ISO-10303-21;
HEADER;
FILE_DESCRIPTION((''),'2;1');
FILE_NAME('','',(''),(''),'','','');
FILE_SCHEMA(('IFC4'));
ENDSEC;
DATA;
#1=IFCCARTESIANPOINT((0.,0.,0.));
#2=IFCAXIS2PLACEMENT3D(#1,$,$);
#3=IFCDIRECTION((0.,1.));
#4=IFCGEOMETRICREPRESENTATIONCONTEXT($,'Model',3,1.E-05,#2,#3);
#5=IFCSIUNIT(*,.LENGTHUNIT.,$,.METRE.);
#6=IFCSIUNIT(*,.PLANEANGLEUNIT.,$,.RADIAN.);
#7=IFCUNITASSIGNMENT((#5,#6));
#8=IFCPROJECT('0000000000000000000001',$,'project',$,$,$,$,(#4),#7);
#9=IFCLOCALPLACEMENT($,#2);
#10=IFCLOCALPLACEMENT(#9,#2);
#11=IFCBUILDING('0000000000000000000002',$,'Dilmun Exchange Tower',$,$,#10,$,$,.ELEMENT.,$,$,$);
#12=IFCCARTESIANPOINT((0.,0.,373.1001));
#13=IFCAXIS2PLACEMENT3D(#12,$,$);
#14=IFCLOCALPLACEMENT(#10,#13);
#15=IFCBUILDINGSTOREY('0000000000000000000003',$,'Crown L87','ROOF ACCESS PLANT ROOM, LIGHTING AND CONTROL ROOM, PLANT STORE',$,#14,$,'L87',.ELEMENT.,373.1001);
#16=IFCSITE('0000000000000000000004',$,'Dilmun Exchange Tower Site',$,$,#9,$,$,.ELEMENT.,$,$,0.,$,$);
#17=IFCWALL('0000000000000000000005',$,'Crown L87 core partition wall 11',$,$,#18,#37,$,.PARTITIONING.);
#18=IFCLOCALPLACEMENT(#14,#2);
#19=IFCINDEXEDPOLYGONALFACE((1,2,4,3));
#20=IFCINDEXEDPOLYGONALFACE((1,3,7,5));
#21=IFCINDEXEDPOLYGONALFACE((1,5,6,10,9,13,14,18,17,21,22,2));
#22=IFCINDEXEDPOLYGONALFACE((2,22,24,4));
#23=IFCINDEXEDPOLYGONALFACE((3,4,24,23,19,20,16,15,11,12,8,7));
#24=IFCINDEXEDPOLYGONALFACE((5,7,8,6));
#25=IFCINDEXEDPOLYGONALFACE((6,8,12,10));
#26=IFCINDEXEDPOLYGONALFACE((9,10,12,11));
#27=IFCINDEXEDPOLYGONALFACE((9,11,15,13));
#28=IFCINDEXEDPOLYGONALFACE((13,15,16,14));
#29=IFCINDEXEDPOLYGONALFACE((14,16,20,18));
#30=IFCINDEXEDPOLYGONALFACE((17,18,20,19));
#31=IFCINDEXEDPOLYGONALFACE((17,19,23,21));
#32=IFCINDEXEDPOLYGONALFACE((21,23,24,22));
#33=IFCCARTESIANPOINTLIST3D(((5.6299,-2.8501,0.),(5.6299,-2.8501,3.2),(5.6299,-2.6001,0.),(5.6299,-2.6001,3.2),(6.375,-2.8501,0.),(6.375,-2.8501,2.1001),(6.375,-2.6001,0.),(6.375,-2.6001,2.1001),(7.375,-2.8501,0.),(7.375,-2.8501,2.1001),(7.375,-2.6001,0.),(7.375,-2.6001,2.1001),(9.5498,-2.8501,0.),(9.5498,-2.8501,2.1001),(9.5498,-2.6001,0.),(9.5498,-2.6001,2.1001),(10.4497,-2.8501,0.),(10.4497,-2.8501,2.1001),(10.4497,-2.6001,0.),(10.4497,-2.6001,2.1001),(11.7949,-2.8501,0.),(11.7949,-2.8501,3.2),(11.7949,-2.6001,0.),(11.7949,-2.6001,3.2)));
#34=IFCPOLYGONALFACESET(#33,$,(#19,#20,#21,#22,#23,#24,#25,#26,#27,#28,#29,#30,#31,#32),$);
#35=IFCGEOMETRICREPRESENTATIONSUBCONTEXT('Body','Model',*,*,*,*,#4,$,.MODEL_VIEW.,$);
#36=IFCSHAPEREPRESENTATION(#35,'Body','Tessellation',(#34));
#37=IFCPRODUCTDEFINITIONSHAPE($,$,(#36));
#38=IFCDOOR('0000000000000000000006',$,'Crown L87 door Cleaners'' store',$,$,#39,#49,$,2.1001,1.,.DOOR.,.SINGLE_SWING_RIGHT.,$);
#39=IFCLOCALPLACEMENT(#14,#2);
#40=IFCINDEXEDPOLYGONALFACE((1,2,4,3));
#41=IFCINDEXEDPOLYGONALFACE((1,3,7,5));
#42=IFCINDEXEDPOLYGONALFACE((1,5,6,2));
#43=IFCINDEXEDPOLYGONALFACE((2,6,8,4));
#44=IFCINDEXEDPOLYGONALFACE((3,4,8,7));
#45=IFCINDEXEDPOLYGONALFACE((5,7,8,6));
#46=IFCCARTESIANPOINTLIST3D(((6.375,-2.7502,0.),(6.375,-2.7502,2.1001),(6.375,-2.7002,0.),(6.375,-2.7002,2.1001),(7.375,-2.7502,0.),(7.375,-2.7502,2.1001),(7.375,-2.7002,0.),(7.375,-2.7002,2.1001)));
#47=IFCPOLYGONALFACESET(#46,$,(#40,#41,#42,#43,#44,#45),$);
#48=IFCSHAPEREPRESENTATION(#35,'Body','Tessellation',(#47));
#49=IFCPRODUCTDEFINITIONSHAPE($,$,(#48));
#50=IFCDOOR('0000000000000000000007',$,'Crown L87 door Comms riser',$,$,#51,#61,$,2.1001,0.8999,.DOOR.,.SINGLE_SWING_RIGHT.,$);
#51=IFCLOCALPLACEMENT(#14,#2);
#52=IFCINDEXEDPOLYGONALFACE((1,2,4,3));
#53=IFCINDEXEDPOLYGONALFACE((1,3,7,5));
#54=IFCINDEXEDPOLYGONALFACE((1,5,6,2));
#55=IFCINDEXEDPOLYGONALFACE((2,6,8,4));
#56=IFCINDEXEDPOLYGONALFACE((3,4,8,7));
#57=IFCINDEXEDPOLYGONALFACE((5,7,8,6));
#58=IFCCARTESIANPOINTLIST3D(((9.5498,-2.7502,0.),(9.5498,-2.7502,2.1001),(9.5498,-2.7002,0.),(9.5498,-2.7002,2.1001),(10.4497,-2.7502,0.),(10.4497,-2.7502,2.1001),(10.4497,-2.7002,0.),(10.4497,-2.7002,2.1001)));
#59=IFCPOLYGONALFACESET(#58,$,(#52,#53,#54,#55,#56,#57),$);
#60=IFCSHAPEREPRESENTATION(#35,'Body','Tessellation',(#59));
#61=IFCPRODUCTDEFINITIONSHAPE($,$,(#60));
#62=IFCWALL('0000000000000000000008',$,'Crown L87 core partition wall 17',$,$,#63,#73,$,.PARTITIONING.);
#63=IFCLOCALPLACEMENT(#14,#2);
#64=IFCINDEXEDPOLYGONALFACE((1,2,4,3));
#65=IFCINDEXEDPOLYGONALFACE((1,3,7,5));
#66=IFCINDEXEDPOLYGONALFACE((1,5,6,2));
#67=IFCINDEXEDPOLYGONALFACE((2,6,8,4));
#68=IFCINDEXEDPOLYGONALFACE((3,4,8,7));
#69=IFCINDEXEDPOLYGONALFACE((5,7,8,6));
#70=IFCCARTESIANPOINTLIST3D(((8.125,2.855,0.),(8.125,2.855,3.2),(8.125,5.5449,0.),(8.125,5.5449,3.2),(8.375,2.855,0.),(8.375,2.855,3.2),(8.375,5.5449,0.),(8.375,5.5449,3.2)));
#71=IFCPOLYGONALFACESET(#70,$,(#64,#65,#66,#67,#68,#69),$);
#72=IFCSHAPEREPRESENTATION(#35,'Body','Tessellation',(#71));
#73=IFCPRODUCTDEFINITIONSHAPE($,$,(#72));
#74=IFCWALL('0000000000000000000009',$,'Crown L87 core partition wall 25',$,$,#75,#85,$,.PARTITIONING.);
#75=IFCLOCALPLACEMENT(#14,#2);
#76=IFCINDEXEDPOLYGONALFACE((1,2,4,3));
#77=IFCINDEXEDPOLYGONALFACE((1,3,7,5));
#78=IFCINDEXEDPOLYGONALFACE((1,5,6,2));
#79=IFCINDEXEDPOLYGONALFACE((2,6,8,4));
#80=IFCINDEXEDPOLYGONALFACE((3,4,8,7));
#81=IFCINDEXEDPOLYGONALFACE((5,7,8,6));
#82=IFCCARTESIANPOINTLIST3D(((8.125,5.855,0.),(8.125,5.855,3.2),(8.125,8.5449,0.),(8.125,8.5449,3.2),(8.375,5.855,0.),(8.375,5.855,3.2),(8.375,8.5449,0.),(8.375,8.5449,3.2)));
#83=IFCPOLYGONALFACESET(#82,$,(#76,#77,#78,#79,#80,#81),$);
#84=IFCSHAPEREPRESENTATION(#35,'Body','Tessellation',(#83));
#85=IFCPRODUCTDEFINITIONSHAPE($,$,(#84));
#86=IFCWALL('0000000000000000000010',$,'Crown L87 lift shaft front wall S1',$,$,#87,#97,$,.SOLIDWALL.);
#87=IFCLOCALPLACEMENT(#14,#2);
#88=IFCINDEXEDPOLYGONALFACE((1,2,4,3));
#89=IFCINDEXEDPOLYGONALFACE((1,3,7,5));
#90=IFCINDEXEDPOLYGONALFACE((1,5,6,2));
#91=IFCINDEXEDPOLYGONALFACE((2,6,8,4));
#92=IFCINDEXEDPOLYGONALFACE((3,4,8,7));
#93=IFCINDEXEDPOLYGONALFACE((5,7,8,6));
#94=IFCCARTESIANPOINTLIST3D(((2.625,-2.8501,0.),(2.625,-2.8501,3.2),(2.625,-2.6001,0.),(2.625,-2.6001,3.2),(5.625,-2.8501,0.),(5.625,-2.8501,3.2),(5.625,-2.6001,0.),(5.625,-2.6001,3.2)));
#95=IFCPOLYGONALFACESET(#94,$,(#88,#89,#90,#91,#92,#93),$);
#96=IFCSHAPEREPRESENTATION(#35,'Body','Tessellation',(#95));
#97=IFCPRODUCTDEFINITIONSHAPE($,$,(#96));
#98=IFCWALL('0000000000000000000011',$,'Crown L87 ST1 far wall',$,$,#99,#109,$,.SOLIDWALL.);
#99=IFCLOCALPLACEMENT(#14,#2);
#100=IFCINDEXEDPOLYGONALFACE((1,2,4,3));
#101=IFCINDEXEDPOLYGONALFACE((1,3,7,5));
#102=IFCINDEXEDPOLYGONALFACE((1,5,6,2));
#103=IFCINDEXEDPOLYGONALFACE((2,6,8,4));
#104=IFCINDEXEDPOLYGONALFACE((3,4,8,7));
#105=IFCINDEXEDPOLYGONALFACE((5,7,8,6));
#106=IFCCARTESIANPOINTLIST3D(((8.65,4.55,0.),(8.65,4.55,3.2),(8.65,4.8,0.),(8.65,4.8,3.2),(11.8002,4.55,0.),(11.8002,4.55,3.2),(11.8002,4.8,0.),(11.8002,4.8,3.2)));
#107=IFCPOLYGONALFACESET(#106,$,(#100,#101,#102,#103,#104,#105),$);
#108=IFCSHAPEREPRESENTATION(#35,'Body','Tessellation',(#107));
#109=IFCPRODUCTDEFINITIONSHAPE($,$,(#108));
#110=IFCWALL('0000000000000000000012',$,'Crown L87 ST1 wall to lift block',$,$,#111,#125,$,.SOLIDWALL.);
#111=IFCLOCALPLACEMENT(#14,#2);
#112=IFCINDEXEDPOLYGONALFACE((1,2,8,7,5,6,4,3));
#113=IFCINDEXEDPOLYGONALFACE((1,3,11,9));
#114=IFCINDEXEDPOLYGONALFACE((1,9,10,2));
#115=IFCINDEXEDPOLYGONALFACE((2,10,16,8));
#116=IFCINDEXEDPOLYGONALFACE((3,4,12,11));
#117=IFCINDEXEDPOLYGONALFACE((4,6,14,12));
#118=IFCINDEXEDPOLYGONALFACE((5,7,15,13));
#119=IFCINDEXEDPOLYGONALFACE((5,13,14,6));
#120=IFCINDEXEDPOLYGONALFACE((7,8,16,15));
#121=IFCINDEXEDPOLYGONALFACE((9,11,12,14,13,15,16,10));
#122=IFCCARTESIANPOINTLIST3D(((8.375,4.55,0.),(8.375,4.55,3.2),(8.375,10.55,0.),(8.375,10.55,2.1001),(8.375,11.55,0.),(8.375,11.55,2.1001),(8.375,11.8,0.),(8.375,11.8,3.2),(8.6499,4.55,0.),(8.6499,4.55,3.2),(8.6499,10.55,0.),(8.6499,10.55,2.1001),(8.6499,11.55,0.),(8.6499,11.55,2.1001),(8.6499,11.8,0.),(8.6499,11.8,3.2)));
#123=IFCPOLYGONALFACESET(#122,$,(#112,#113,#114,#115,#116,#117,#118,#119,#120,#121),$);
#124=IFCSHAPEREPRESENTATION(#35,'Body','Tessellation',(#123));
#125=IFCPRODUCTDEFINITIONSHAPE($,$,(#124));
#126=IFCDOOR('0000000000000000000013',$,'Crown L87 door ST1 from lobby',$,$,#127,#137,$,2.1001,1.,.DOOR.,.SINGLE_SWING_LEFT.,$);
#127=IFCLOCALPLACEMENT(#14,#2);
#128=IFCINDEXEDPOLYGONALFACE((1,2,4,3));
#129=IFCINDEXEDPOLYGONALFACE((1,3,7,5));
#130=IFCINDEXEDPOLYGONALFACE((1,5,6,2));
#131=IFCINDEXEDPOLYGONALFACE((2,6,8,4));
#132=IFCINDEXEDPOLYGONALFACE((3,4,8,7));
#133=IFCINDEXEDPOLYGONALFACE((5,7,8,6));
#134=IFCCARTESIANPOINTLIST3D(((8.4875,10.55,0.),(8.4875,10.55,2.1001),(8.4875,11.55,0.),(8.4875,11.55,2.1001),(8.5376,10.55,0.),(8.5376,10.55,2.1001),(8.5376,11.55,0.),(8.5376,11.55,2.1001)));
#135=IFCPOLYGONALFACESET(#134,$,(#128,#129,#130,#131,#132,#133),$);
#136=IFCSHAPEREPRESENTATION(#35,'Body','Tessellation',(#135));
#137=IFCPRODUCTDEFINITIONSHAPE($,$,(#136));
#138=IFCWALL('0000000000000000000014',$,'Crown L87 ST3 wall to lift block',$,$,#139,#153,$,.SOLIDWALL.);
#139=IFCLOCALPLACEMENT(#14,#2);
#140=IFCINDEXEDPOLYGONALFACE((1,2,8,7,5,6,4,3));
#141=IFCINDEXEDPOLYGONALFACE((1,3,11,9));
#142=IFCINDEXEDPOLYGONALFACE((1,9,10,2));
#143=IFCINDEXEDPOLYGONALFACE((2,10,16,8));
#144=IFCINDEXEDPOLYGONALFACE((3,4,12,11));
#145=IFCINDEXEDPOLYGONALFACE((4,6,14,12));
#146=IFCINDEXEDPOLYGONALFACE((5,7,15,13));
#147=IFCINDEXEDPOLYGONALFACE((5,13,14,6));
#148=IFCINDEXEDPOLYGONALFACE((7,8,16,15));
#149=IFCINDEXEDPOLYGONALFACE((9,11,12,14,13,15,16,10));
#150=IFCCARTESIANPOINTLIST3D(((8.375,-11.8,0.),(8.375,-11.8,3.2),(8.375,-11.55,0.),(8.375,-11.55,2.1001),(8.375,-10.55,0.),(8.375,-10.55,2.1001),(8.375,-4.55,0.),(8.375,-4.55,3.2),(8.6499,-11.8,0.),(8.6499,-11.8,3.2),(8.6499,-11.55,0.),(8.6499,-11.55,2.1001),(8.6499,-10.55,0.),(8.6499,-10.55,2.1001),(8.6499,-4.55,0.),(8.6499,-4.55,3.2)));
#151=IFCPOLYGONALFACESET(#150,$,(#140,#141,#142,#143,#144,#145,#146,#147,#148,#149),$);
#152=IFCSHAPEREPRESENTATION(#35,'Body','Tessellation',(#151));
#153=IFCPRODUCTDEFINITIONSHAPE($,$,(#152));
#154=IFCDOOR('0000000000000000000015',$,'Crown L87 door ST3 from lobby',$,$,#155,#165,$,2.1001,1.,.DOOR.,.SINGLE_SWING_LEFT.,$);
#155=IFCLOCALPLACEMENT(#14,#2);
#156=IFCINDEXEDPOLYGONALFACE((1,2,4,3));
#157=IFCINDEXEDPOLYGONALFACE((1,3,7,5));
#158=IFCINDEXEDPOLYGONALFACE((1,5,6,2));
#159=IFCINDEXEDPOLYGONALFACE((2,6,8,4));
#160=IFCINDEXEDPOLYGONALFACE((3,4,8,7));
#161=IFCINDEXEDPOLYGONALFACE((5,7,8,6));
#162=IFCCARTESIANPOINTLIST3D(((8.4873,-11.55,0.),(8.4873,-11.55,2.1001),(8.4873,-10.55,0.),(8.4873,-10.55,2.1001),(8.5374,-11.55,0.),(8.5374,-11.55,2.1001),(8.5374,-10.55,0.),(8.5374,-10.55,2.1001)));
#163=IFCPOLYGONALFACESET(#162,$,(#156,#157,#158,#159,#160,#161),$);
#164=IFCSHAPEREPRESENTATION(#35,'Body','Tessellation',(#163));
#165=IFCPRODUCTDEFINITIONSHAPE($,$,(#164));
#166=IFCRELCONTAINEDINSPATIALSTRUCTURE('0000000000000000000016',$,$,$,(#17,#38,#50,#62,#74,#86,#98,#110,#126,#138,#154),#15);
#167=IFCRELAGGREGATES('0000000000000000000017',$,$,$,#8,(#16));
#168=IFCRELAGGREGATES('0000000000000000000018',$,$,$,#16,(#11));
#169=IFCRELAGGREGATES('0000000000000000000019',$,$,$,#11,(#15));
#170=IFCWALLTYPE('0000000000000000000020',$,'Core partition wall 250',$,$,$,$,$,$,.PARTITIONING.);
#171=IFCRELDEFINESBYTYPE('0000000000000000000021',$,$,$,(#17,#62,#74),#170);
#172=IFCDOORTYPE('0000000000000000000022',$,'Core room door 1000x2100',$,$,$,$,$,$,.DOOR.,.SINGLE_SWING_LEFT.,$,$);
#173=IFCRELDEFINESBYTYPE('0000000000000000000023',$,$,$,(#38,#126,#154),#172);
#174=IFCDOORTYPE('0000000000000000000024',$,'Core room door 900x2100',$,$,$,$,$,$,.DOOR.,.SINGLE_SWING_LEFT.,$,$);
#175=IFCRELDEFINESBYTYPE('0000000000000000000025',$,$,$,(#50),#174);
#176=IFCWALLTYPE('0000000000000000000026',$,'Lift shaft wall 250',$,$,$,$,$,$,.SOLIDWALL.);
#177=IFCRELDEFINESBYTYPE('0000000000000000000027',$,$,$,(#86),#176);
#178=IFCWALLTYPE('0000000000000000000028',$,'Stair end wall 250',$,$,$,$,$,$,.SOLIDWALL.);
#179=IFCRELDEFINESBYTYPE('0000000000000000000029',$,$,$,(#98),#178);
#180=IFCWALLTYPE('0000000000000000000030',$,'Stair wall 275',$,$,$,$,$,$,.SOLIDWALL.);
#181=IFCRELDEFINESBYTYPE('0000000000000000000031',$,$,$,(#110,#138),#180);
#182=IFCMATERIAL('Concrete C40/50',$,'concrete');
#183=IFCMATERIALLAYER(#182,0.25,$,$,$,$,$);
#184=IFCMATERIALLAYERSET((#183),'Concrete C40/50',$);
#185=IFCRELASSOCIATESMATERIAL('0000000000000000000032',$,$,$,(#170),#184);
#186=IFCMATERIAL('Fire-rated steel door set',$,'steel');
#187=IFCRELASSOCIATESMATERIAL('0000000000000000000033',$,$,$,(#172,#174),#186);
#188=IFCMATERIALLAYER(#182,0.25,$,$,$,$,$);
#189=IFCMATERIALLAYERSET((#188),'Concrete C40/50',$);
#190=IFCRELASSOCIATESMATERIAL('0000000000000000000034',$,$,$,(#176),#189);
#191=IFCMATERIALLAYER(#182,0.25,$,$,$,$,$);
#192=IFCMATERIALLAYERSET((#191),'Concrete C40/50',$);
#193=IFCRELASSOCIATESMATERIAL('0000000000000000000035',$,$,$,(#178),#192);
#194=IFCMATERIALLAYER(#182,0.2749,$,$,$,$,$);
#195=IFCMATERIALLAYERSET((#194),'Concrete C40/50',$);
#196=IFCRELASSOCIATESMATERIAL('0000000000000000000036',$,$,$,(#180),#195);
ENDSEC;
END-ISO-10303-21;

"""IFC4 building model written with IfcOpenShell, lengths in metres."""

from ifc_helpers import new_model, si_unit, direction, frame, frame_2d, origin, place, context, subcontext, project, spatial, rectangle, extrude, material, layer, layer_set, type_object, element, fill, save


model = new_model("IFC4")

# Units and contexts
model_context = context("Model", 3, precision=1e-05, world=origin(), true_north=direction((0.0, 1.0)))
body_context = subcontext(model_context, "Body", "Model", "MODEL_VIEW")
ifc_project = project(units=[si_unit("LENGTHUNIT", "METRE"), si_unit("PLANEANGLEUNIT", "RADIAN")], contexts=[model_context])

# Site, building, storey
site_placement = place(None, origin())
site = spatial("IfcSite", under=ifc_project, at=site_placement, Name="Dilmun Exchange Tower Site", CompositionType="ELEMENT", RefElevation=0.0)
building_placement = place(site_placement, origin())
building = spatial("IfcBuilding", under=site, at=building_placement, Name="Dilmun Exchange Tower", CompositionType="ELEMENT")
storey_placement = place(building_placement, frame((0.0, 0.0, 373.1001)))
storey = spatial("IfcBuildingStorey", under=building, at=storey_placement, Name="Crown L87", Description="ROOF ACCESS PLANT ROOM, LIGHTING AND CONTROL ROOM, PLANT STORE", LongName="L87", CompositionType="ELEMENT", Elevation=373.1001)

# Shared definitions
ifc_material_1 = material(Name="Concrete C40/50", Category="concrete")

# Shared definitions
ifc_material_2 = material(Name="Fire-rated steel door set", Category="steel")

# Wall, openings, doors
ifc_layer_1 = layer(ifc_material_1, 0.25)
ifc_layer_set_1 = layer_set([ifc_layer_1], Name="Concrete C40/50")
wall_type_1 = type_object("IfcWallType", Name="Core partition wall 250", PredefinedType="PARTITIONING", material=ifc_layer_set_1)
wall_1_placement = place(storey_placement, frame((5.6299, -2.7251, 0.0), z_axis=(0.0, 0.0, 1.0), x_axis=(1.0, 0.0, 0.0)))
wall_1 = element("IfcWall", 1, at=wall_1_placement, inside=storey, type_object=wall_type_1, Name="Crown L87 core partition wall 11", PredefinedType="PARTITIONING", context=body_context, shape_type="SweptSolid", body=[
    extrude(rectangle(XDim=6.165, YDim=0.25, at=frame_2d((3.0825, 0.0))), origin(), (0.0, 0.0, 1.0), 3.2),
])
opening_1_placement = place(wall_1_placement, frame((0.7451, 0.0, 0.0)))
opening_1 = element("IfcOpeningElement", 2, at=opening_1_placement, cuts=wall_1, PredefinedType="OPENING", context=body_context, shape_type="SweptSolid", body=[
    extrude(rectangle(XDim=1.0, YDim=2.1001, at=frame_2d((0.5, 1.05))), frame((0.0, 0.135, 0.0), z_axis=(0.0, -1.0, 0.0), x_axis=(1.0, 0.0, 0.0)), (0.0, 0.0, 1.0), 0.27),
])
opening_2_placement = place(wall_1_placement, frame((3.9199, 0.0, 0.0)))
opening_2 = element("IfcOpeningElement", 3, at=opening_2_placement, cuts=wall_1, PredefinedType="OPENING", context=body_context, shape_type="SweptSolid", body=[
    extrude(rectangle(XDim=0.8999, YDim=2.1001, at=frame_2d((0.45, 1.05))), frame((0.0, 0.135, 0.0), z_axis=(0.0, -1.0, 0.0), x_axis=(1.0, 0.0, 0.0)), (0.0, 0.0, 1.0), 0.27),
])
door_type_1 = type_object("IfcDoorType", Name="Core room door 1000x2100", OperationType="SINGLE_SWING_LEFT", PredefinedType="DOOR", material=ifc_material_2)
door_1_placement = place(opening_1_placement, origin())
door_1 = element("IfcDoor", 4, at=door_1_placement, inside=storey, type_object=door_type_1, Name="Crown L87 door Cleaners' store", OperationType="SINGLE_SWING_RIGHT", OverallHeight=2.1001, OverallWidth=1.0, PredefinedType="DOOR", context=body_context, shape_type="SweptSolid", body=[
    extrude(rectangle(XDim=1.0, YDim=2.1001, at=frame_2d((0.5, 1.05))), frame((0.0, 0.0249, 0.0), z_axis=(0.0, -1.0, 0.0), x_axis=(1.0, 0.0, 0.0)), (0.0, 0.0, 1.0), 0.05),
])
fill(opening_1, door_1)
door_type_2 = type_object("IfcDoorType", Name="Core room door 900x2100", OperationType="SINGLE_SWING_LEFT", PredefinedType="DOOR", material=ifc_material_2)
door_2_placement = place(opening_2_placement, origin())
door_2 = element("IfcDoor", 5, at=door_2_placement, inside=storey, type_object=door_type_2, Name="Crown L87 door Comms riser", OperationType="SINGLE_SWING_RIGHT", OverallHeight=2.1001, OverallWidth=0.8999, PredefinedType="DOOR", context=body_context, shape_type="SweptSolid", body=[
    extrude(rectangle(XDim=0.8999, YDim=2.1001, at=frame_2d((0.45, 1.05))), frame((0.0, 0.0249, 0.0), z_axis=(0.0, -1.0, 0.0), x_axis=(1.0, 0.0, 0.0)), (0.0, 0.0, 1.0), 0.05),
])
fill(opening_2, door_2)

# Walls
for number, where, z_axis, x_axis, name in (
    (6, (8.25, 2.855, 0.0), (0.0, 0.0, 1.0), (0.0, 1.0, 0.0), "Crown L87 core partition wall 17"),
    (7, (8.25, 5.855, 0.0), (0.0, 0.0, 1.0), (0.0, 1.0, 0.0), "Crown L87 core partition wall 25"),
):
    element("IfcWall", number, at=place(storey_placement, frame(where, z_axis=z_axis, x_axis=x_axis)), inside=storey, type_object=wall_type_1, Name=name, PredefinedType="PARTITIONING", context=body_context, shape_type="SweptSolid", body=[
        extrude(rectangle(XDim=2.6899, YDim=0.25, at=frame_2d((1.345, 0.0))), origin(), (0.0, 0.0, 1.0), 3.2),
    ])
ifc_layer_2 = layer(ifc_material_1, 0.25)
ifc_layer_set_2 = layer_set([ifc_layer_2], Name="Concrete C40/50")
wall_type_2 = type_object("IfcWallType", Name="Lift shaft wall 250", PredefinedType="SOLIDWALL", material=ifc_layer_set_2)
wall_2_placement = place(storey_placement, frame((2.625, -2.7251, 0.0), z_axis=(0.0, 0.0, 1.0), x_axis=(1.0, 0.0, 0.0)))
element("IfcWall", 8, at=wall_2_placement, inside=storey, type_object=wall_type_2, Name="Crown L87 lift shaft front wall S1", PredefinedType="SOLIDWALL", context=body_context, shape_type="SweptSolid", body=[
    extrude(rectangle(XDim=3.0, YDim=0.25, at=frame_2d((1.5, 0.0))), origin(), (0.0, 0.0, 1.0), 3.2),
])
ifc_layer_3 = layer(ifc_material_1, 0.25)
ifc_layer_set_3 = layer_set([ifc_layer_3], Name="Concrete C40/50")
wall_type_3 = type_object("IfcWallType", Name="Stair end wall 250", PredefinedType="SOLIDWALL", material=ifc_layer_set_3)
wall_3_placement = place(storey_placement, frame((8.6499, 4.675, 0.0), z_axis=(0.0, 0.0, 1.0), x_axis=(1.0, 0.0, 0.0)))
element("IfcWall", 9, at=wall_3_placement, inside=storey, type_object=wall_type_3, Name="Crown L87 ST1 far wall", PredefinedType="SOLIDWALL", context=body_context, shape_type="SweptSolid", body=[
    extrude(rectangle(XDim=3.1501, YDim=0.25, at=frame_2d((1.5752, 0.0))), origin(), (0.0, 0.0, 1.0), 3.2),
])

# Walls, openings, doors
ifc_layer_4 = layer(ifc_material_1, 0.2749)
ifc_layer_set_4 = layer_set([ifc_layer_4], Name="Concrete C40/50")
wall_type_4 = type_object("IfcWallType", Name="Stair wall 275", PredefinedType="SOLIDWALL", material=ifc_layer_set_4)
wall_4_placement = place(storey_placement, frame((8.5125, 4.55, 0.0), z_axis=(0.0, 0.0, 1.0), x_axis=(0.0, 1.0, 0.0)))
wall_4 = element("IfcWall", 10, at=wall_4_placement, inside=storey, type_object=wall_type_4, Name="Crown L87 ST1 wall to lift block", PredefinedType="SOLIDWALL", context=body_context, shape_type="SweptSolid", body=[
    extrude(rectangle(XDim=7.25, YDim=0.2749, at=frame_2d((3.625, 0.0))), origin(), (0.0, 0.0, 1.0), 3.2),
])
opening_3_placement = place(wall_4_placement, frame((6.0, 0.0, 0.0)))
opening_3 = element("IfcOpeningElement", 11, at=opening_3_placement, cuts=wall_4, PredefinedType="OPENING", context=body_context, shape_type="SweptSolid", body=[
    extrude(rectangle(XDim=1.0, YDim=2.1001, at=frame_2d((0.5, 1.05))), frame((0.0, 0.1475, 0.0), z_axis=(0.0, -1.0, 0.0), x_axis=(1.0, 0.0, 0.0)), (0.0, 0.0, 1.0), 0.2949),
])
door_3_placement = place(opening_3_placement, origin())
door_3 = element("IfcDoor", 12, at=door_3_placement, inside=storey, type_object=door_type_1, Name="Crown L87 door ST1 from lobby", OperationType="SINGLE_SWING_LEFT", OverallHeight=2.1001, OverallWidth=1.0, PredefinedType="DOOR", context=body_context, shape_type="SweptSolid", body=[
    extrude(rectangle(XDim=1.0, YDim=2.1001, at=frame_2d((0.5, 1.05))), frame((0.0, 0.0249, 0.0), z_axis=(0.0, -1.0, 0.0), x_axis=(1.0, 0.0, 0.0)), (0.0, 0.0, 1.0), 0.05),
])
fill(opening_3, door_3)
wall_5_placement = place(storey_placement, frame((8.5125, -4.55, 0.0), z_axis=(0.0, 0.0, 1.0), x_axis=(0.0, -1.0, 0.0)))
wall_5 = element("IfcWall", 13, at=wall_5_placement, inside=storey, type_object=wall_type_4, Name="Crown L87 ST3 wall to lift block", PredefinedType="SOLIDWALL", context=body_context, shape_type="SweptSolid", body=[
    extrude(rectangle(XDim=7.25, YDim=0.2749, at=frame_2d((3.625, 0.0))), origin(), (0.0, 0.0, 1.0), 3.2),
])
opening_4_placement = place(wall_5_placement, frame((6.0, 0.0, 0.0)))
opening_4 = element("IfcOpeningElement", 14, at=opening_4_placement, cuts=wall_5, PredefinedType="OPENING", context=body_context, shape_type="SweptSolid", body=[
    extrude(rectangle(XDim=1.0, YDim=2.1001, at=frame_2d((0.5, 1.05))), frame((0.0, 0.1475, 0.0), z_axis=(0.0, -1.0, 0.0), x_axis=(1.0, 0.0, 0.0)), (0.0, 0.0, 1.0), 0.2949),
])
door_4_placement = place(opening_4_placement, origin())
door_4 = element("IfcDoor", 15, at=door_4_placement, inside=storey, type_object=door_type_1, Name="Crown L87 door ST3 from lobby", OperationType="SINGLE_SWING_LEFT", OverallHeight=2.1001, OverallWidth=1.0, PredefinedType="DOOR", context=body_context, shape_type="SweptSolid", body=[
    extrude(rectangle(XDim=1.0, YDim=2.1001, at=frame_2d((0.5, 1.05))), frame((0.0, 0.0249, 0.0), z_axis=(0.0, -1.0, 0.0), x_axis=(1.0, 0.0, 0.0)), (0.0, 0.0, 1.0), 0.05),
])
fill(opening_4, door_4)

save(model, "model.ifc")
